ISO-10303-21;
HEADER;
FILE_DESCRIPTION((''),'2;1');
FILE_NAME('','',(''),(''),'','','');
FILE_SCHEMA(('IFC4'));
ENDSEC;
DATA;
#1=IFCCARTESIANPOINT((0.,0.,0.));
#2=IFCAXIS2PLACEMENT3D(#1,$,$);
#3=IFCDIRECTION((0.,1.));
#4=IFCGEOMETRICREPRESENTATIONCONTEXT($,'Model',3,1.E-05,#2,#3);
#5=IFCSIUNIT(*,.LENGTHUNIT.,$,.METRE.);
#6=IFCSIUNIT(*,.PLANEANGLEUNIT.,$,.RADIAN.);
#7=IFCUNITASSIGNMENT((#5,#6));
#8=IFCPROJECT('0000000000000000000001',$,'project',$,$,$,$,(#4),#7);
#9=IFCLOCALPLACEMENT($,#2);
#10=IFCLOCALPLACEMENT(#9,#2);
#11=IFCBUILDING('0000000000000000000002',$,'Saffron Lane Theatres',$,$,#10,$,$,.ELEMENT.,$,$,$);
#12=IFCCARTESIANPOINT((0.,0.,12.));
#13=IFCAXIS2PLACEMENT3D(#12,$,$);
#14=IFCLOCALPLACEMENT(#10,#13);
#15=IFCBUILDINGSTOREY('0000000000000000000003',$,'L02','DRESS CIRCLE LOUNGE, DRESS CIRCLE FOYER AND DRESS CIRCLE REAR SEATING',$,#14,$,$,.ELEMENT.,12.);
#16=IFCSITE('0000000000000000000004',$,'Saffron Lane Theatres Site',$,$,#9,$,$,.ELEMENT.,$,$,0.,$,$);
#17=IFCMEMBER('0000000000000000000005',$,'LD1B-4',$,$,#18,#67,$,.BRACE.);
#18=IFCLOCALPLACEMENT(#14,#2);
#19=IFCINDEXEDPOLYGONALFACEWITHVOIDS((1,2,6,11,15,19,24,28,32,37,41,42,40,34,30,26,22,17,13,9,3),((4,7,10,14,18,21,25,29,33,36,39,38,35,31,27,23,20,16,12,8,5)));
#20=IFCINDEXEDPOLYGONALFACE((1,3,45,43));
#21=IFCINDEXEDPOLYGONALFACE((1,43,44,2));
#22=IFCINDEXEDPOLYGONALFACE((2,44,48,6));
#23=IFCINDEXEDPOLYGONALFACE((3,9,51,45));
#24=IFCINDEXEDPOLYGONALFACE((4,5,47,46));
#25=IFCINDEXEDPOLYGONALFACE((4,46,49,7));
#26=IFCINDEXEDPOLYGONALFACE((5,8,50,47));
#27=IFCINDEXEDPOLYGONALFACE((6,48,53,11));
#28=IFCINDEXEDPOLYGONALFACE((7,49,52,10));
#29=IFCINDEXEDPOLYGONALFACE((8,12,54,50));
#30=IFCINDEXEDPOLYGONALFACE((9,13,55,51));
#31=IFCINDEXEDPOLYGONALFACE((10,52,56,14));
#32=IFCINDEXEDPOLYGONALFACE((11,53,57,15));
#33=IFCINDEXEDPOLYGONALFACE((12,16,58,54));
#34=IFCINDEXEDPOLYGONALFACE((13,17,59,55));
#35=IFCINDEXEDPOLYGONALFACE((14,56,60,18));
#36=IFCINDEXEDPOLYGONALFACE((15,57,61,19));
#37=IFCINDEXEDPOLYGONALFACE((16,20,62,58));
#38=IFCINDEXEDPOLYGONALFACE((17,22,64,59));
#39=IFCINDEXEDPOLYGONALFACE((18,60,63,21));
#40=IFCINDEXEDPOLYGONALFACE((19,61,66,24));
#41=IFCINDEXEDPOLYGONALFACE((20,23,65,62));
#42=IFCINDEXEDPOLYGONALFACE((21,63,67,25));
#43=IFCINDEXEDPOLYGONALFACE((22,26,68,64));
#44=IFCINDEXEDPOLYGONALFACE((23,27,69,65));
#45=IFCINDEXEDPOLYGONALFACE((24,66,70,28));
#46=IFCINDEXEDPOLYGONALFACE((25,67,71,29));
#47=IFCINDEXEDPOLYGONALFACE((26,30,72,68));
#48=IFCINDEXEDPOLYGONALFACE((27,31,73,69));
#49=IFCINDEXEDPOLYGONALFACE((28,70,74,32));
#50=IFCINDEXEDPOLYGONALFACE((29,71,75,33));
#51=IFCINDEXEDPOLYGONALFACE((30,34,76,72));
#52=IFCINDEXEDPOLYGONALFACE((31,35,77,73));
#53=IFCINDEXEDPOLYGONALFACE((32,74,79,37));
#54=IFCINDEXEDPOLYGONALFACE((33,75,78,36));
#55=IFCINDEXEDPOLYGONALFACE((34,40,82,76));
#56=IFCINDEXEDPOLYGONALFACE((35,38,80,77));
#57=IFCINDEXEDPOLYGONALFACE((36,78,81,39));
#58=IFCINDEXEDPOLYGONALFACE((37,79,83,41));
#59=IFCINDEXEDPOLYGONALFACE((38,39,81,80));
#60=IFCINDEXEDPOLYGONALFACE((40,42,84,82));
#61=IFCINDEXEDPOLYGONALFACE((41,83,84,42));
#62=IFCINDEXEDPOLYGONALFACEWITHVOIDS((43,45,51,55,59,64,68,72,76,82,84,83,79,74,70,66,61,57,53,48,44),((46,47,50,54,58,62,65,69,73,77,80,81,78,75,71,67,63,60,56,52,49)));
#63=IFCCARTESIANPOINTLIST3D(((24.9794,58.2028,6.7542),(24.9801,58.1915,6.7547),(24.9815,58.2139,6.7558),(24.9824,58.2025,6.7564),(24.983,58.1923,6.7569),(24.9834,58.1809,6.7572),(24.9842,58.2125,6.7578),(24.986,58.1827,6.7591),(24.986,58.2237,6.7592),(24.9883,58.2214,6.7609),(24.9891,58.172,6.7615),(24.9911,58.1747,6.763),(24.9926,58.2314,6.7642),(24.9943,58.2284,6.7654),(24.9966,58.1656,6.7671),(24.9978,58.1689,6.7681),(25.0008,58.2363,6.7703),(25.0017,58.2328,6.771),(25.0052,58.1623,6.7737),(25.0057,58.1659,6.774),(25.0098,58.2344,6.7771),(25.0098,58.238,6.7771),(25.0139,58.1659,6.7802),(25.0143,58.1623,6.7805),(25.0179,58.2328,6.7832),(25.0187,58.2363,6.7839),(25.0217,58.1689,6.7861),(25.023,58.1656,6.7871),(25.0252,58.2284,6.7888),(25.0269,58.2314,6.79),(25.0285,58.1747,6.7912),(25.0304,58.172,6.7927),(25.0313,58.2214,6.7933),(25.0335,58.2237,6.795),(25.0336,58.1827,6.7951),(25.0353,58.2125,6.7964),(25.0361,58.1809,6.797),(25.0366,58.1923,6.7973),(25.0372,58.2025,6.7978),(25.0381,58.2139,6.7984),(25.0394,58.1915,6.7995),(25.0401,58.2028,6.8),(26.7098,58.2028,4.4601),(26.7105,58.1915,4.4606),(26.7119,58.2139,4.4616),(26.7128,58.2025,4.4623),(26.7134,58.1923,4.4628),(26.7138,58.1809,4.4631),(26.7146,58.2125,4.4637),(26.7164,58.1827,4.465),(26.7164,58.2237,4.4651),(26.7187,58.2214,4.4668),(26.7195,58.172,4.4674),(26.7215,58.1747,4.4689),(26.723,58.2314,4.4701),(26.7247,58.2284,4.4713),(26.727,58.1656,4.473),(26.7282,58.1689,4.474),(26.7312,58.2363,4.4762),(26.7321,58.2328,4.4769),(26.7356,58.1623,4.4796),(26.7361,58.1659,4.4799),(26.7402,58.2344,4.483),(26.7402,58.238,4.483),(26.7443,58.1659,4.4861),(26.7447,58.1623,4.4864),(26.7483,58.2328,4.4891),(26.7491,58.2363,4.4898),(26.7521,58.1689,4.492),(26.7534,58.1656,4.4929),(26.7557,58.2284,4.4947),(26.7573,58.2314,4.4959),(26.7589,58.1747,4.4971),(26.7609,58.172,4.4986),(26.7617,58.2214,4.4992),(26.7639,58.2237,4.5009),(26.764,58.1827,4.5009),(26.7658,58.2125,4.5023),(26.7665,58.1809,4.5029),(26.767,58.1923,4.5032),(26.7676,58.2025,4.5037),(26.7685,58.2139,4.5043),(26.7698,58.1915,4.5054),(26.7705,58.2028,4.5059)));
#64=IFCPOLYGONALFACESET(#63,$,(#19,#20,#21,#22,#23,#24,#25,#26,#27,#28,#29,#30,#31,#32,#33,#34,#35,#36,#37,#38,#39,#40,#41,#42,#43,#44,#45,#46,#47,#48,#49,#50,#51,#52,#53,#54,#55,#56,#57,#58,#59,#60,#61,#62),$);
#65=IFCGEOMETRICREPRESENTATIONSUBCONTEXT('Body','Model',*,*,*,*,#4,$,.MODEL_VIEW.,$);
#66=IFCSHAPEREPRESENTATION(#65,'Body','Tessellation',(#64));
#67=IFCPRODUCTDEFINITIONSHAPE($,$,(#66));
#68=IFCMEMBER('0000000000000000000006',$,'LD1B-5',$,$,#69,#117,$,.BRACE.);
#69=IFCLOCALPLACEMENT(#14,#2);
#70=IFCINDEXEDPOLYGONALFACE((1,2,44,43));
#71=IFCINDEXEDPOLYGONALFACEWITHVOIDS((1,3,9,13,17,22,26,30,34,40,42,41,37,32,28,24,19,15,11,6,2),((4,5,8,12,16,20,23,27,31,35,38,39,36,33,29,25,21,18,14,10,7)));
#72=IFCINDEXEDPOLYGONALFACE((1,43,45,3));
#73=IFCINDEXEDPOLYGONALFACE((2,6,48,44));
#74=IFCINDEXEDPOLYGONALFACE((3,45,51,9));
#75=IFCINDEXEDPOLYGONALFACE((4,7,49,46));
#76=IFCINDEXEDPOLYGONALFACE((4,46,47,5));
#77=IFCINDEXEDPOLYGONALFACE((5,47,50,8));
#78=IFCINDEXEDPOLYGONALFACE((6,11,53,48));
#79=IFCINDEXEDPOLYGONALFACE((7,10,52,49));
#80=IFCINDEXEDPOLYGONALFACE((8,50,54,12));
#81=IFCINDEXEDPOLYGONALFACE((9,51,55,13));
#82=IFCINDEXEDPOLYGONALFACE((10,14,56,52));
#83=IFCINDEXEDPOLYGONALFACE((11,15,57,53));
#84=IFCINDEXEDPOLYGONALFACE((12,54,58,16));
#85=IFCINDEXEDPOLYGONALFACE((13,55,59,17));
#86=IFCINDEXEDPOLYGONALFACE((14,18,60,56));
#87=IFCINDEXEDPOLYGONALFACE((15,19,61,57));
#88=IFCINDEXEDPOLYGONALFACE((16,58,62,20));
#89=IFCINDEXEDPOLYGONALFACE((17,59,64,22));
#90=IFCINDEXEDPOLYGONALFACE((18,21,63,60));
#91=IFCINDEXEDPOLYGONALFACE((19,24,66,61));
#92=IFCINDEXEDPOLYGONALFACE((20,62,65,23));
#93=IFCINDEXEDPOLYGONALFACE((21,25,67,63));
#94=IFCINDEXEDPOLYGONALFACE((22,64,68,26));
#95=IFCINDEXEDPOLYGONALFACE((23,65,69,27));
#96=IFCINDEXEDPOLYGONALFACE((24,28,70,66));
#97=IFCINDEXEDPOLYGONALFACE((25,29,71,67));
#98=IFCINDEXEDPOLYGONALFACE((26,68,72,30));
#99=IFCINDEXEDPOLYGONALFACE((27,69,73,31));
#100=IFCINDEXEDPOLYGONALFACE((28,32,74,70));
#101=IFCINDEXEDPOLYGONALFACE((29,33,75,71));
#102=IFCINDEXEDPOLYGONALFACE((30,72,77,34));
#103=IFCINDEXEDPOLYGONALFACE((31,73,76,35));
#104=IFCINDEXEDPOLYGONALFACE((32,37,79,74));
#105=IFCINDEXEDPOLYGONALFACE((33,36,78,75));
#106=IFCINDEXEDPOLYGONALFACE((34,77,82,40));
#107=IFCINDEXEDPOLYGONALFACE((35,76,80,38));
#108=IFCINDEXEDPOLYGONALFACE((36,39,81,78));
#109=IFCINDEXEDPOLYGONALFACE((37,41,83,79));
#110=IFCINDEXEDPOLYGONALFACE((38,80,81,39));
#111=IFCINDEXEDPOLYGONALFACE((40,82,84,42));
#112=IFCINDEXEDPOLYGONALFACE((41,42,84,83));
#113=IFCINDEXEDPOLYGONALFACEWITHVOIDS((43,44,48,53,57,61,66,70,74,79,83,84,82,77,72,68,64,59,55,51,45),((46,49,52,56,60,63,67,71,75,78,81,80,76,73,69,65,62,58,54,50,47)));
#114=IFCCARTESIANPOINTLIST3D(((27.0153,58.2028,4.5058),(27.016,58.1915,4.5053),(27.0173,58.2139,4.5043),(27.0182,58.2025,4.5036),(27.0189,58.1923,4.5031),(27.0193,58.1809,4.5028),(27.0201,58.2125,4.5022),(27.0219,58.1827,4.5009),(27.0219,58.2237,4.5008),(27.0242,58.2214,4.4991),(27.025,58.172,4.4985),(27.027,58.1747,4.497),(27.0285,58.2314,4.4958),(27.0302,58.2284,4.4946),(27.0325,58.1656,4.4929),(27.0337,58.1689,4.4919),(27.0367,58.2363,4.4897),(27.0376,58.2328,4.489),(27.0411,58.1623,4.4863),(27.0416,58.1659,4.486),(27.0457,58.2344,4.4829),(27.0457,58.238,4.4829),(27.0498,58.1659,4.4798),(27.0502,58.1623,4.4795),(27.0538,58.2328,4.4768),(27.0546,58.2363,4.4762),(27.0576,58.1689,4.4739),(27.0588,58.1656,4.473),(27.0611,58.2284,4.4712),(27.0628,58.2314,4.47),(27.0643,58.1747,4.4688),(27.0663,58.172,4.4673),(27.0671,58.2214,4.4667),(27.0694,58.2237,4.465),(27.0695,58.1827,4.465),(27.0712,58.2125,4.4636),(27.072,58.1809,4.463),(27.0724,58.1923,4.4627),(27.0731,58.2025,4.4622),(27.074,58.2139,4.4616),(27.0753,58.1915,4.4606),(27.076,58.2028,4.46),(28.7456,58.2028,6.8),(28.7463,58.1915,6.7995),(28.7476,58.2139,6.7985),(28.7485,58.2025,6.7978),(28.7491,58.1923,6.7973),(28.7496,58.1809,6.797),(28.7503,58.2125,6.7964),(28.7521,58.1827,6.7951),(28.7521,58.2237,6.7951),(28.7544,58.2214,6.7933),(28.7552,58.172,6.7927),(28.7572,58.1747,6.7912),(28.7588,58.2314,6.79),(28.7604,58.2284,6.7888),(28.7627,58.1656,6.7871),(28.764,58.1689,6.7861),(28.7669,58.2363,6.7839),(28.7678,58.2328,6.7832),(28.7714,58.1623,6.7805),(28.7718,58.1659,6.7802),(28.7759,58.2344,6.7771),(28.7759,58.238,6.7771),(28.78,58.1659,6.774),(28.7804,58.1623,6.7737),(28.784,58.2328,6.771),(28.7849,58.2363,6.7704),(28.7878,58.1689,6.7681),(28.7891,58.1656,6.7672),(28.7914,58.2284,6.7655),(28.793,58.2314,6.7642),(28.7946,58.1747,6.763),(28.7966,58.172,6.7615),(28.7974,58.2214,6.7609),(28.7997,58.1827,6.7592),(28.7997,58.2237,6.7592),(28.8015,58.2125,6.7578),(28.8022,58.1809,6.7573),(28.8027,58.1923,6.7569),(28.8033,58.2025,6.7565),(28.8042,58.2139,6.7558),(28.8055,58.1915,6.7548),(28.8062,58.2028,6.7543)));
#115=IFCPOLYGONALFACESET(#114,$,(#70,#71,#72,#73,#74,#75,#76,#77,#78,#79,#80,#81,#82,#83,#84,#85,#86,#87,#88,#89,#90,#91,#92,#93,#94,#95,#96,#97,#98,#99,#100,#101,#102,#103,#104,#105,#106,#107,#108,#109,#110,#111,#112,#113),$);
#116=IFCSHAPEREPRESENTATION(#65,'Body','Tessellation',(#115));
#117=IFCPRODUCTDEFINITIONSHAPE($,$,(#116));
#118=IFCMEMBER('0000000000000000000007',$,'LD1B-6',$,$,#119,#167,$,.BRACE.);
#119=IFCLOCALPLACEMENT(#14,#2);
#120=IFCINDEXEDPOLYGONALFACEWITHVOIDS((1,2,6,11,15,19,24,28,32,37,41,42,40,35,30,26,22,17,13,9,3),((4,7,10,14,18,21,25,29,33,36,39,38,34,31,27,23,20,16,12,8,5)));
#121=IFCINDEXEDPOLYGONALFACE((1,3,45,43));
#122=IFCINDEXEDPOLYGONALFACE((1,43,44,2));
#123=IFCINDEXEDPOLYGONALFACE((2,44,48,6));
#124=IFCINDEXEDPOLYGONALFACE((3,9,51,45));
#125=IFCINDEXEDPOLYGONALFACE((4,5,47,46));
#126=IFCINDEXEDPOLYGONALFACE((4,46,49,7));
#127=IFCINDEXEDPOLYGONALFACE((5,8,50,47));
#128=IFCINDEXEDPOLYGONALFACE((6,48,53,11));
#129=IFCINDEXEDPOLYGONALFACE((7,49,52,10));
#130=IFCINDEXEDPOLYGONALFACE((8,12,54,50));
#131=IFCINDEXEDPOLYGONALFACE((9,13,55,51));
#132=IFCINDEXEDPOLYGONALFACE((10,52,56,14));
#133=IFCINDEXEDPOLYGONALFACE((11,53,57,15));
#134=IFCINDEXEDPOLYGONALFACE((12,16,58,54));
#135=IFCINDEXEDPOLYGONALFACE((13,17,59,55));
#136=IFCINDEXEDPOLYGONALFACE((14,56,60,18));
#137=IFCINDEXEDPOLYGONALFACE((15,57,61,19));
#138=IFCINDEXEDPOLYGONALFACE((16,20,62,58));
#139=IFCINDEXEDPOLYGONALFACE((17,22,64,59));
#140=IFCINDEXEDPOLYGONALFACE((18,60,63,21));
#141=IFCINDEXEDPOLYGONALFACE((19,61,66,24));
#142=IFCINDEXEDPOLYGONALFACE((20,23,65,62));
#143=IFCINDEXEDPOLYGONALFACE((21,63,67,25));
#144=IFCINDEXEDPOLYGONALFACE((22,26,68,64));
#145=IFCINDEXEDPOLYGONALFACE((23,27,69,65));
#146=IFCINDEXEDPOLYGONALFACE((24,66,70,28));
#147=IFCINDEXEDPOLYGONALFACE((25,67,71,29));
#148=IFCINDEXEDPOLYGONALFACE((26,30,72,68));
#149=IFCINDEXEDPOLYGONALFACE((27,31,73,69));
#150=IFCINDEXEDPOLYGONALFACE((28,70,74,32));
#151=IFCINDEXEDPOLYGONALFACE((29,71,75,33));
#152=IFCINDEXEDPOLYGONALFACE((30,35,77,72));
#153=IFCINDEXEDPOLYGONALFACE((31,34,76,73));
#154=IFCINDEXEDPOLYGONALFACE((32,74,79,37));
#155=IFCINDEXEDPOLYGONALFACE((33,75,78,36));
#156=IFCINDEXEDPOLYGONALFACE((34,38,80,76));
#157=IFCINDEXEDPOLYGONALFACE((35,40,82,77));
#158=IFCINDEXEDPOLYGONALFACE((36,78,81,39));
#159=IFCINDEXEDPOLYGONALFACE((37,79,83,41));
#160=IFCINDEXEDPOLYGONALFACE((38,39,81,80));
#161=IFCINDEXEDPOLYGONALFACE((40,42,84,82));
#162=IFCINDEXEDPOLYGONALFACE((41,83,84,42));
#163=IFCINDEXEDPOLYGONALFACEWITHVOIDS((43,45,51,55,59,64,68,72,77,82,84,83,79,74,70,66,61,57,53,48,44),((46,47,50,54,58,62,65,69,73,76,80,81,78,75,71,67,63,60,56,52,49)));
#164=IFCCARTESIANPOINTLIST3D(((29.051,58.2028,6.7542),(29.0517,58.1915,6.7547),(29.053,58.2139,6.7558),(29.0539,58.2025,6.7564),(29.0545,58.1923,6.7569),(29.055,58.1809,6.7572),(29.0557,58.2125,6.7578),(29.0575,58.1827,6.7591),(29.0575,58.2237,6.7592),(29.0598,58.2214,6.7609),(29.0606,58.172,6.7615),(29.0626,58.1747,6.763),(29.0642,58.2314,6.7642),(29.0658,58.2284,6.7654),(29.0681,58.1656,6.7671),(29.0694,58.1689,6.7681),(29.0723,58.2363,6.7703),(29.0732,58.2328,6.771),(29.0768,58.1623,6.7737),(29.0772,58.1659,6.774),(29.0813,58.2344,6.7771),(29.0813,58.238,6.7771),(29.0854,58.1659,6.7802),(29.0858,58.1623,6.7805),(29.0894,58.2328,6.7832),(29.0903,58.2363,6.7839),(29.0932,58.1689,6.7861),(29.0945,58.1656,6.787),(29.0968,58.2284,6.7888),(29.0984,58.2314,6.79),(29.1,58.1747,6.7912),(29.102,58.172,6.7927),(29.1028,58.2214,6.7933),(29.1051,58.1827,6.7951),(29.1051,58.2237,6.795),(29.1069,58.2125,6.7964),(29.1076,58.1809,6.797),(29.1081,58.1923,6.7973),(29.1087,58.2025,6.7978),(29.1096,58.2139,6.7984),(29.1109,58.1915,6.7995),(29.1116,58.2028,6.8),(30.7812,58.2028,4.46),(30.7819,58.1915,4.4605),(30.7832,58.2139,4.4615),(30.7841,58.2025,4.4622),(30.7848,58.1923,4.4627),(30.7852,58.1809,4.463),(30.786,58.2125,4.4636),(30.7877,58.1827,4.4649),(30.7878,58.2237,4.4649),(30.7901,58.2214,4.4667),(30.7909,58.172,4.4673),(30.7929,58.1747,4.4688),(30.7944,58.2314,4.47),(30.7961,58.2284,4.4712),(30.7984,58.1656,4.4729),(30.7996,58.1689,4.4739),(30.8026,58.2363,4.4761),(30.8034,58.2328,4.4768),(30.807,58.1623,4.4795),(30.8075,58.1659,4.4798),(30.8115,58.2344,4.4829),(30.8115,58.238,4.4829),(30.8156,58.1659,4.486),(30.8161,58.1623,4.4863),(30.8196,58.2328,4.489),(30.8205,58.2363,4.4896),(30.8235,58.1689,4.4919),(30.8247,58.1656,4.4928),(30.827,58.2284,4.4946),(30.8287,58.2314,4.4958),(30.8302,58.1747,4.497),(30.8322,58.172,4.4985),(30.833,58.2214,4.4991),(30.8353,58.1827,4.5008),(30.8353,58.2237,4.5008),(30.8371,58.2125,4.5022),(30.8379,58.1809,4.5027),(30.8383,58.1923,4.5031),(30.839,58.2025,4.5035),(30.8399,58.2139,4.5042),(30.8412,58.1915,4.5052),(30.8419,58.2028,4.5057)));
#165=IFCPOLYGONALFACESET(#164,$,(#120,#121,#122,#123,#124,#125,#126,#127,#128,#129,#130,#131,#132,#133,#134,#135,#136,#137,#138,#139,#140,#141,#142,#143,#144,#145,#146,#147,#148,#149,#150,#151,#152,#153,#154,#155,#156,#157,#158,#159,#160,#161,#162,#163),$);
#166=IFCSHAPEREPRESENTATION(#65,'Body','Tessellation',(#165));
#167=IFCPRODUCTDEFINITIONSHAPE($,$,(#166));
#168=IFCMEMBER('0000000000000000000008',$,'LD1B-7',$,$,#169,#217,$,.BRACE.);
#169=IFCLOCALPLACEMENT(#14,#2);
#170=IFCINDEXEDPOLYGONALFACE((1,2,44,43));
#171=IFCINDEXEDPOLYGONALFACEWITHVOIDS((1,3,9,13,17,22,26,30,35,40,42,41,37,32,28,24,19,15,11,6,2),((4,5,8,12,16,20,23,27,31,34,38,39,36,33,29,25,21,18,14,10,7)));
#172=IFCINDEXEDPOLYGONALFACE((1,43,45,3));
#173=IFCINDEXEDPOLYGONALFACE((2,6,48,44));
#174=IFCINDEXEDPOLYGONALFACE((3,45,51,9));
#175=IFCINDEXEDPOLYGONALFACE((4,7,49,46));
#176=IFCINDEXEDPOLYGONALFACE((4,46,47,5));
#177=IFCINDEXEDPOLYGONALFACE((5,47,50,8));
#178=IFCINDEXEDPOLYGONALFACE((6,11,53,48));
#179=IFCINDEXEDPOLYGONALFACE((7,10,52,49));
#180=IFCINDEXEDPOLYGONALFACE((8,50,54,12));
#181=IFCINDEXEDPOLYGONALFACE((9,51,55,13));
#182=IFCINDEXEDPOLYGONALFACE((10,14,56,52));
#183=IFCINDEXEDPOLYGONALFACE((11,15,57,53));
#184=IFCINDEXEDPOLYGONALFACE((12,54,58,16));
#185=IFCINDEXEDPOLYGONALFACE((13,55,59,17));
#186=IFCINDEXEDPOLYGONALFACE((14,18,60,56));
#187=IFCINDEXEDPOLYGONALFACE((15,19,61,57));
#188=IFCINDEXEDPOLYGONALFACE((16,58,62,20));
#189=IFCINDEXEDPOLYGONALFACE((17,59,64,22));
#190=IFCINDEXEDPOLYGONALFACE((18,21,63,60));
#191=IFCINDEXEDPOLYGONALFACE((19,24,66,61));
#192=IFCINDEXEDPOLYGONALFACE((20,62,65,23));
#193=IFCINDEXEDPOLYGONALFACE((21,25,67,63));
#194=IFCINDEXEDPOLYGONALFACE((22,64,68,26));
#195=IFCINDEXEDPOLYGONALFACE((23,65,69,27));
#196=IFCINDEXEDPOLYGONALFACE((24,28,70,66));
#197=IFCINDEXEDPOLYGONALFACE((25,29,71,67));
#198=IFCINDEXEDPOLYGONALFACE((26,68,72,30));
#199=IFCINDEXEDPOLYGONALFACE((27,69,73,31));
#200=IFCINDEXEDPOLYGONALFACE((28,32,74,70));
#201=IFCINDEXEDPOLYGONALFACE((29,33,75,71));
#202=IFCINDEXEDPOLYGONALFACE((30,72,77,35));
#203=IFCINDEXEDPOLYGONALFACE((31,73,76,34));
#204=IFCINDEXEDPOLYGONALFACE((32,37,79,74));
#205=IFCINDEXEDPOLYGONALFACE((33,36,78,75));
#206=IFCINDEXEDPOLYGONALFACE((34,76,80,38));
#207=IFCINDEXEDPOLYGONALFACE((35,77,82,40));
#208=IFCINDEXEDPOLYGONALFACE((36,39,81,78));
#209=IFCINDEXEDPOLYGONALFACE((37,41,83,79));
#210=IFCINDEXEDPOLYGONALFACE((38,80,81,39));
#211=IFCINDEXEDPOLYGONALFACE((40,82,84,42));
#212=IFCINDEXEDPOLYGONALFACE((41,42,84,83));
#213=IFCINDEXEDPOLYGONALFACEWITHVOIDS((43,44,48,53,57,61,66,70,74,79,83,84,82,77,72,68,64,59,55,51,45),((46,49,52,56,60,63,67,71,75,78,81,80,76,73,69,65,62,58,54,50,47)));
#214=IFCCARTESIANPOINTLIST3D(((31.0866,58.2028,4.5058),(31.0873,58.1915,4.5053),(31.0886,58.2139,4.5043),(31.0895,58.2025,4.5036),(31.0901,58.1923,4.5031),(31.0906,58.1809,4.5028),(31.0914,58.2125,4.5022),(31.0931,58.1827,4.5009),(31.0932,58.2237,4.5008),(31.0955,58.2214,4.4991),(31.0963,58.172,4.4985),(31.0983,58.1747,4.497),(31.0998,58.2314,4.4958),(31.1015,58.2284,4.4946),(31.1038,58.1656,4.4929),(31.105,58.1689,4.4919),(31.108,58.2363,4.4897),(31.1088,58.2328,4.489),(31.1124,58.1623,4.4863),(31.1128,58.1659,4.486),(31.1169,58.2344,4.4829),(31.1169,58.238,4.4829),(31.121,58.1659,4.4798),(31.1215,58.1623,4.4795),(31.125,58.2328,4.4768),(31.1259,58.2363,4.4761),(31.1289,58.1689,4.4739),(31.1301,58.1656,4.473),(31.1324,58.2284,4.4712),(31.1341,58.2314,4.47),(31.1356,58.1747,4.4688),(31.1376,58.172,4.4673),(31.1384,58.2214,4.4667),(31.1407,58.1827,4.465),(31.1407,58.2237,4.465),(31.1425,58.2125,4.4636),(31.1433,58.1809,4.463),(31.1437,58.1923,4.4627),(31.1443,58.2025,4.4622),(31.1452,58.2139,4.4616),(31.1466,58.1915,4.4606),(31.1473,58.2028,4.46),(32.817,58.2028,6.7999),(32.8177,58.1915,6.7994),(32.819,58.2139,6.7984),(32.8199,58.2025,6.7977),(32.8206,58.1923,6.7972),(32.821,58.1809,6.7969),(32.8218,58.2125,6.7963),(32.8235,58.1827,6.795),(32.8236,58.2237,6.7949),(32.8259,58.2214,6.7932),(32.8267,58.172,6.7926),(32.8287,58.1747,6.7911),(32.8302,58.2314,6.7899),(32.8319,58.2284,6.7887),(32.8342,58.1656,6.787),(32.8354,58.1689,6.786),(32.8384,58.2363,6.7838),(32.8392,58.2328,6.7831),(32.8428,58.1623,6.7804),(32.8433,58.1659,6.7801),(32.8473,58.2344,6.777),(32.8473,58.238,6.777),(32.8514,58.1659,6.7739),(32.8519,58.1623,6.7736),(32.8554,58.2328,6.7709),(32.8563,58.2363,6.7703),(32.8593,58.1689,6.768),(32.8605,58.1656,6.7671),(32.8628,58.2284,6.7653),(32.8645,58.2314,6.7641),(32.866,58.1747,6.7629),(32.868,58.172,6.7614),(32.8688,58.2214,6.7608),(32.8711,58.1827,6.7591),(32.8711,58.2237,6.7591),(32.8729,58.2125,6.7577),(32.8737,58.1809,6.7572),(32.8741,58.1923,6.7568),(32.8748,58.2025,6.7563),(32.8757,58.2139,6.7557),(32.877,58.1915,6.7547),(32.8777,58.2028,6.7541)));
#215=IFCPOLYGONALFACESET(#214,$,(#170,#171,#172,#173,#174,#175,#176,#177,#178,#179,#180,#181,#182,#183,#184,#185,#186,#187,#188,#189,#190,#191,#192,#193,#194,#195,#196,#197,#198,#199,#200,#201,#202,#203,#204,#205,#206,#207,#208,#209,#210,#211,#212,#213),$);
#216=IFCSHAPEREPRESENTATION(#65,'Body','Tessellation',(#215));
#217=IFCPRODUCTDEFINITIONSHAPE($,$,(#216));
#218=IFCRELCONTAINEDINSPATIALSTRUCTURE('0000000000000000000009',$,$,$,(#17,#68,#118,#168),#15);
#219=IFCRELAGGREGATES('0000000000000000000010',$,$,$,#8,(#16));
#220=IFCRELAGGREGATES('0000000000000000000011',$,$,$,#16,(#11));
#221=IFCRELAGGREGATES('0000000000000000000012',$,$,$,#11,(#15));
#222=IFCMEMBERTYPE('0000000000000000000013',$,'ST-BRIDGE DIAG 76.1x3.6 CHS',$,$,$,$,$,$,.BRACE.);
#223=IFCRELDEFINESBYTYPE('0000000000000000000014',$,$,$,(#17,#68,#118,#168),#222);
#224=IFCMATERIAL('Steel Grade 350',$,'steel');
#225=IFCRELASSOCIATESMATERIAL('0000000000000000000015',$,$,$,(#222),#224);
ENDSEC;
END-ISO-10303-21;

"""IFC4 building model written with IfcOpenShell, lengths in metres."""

from ifc_helpers import new_model, si_unit, direction, frame, origin, origin_2d, place, context, subcontext, project, spatial, hollow_circle, extrude, material, material_profile, profile_set, type_object, element, save


model = new_model("IFC4")

# Units and contexts
model_context = context("Model", 3, precision=1e-05, world=origin(), true_north=direction((0.0, 1.0)))
body_context = subcontext(model_context, "Body", "Model", "MODEL_VIEW")
ifc_project = project(units=[si_unit("LENGTHUNIT", "METRE"), si_unit("PLANEANGLEUNIT", "RADIAN")], contexts=[model_context])

# Site, building, storey
site_placement = place(None, origin())
site = spatial("IfcSite", under=ifc_project, at=site_placement, Name="Saffron Lane Theatres Site", CompositionType="ELEMENT", RefElevation=0.0)
building_placement = place(site_placement, origin())
building = spatial("IfcBuilding", under=site, at=building_placement, Name="Saffron Lane Theatres", CompositionType="ELEMENT")
storey_placement = place(building_placement, frame((0.0, 0.0, 12.0)))
storey = spatial("IfcBuildingStorey", under=building, at=storey_placement, Name="L02", Description="DRESS CIRCLE LOUNGE, DRESS CIRCLE FOYER AND DRESS CIRCLE REAR SEATING", CompositionType="ELEMENT", Elevation=12.0)

# Members
ifc_material_1 = material(Name="Steel Grade 350", Category="steel")
ifc_material_profile_1 = material_profile(ifc_material_1, hollow_circle(Radius=0.0381, WallThickness=0.0037, at=origin_2d()))
ifc_profile_set_1 = profile_set([ifc_material_profile_1], Name="Steel Grade 350")
member_type = type_object("IfcMemberType", Name="ST-BRIDGE DIAG 76.1x3.6 CHS", PredefinedType="BRACE", material=ifc_profile_set_1)
for number, where, z_axis, x_axis, name in (
    (1, (25.0098, 58.2, 6.7771), (0.602186, 0.0, -0.798356), (0.0, 1.0, 0.0), "LD1B-4"),
    (2, (27.0457, 58.2, 4.4829), (0.602132, 0.0, 0.798396), (0.0, 1.0, 0.0), "LD1B-5"),
    (3, (29.0813, 58.2, 6.7771), (0.602132, 0.0, -0.798396), (0.0, 1.0, 0.0), "LD1B-6"),
    (4, (31.1169, 58.2, 4.4829), (0.602186, 0.0, 0.798356), (0.0, 1.0, 0.0), "LD1B-7"),
):
    element("IfcMember", number, at=place(storey_placement, frame(where, z_axis=z_axis, x_axis=x_axis)), inside=storey, type_object=member_type, Name=name, PredefinedType="BRACE", context=body_context, shape_type="SweptSolid", body=[
        extrude(hollow_circle(Radius=0.0381, WallThickness=0.0037, at=origin_2d()), origin(), (0.0, 0.0, 1.0), 2.8735),
    ])

save(model, "model.ifc")
